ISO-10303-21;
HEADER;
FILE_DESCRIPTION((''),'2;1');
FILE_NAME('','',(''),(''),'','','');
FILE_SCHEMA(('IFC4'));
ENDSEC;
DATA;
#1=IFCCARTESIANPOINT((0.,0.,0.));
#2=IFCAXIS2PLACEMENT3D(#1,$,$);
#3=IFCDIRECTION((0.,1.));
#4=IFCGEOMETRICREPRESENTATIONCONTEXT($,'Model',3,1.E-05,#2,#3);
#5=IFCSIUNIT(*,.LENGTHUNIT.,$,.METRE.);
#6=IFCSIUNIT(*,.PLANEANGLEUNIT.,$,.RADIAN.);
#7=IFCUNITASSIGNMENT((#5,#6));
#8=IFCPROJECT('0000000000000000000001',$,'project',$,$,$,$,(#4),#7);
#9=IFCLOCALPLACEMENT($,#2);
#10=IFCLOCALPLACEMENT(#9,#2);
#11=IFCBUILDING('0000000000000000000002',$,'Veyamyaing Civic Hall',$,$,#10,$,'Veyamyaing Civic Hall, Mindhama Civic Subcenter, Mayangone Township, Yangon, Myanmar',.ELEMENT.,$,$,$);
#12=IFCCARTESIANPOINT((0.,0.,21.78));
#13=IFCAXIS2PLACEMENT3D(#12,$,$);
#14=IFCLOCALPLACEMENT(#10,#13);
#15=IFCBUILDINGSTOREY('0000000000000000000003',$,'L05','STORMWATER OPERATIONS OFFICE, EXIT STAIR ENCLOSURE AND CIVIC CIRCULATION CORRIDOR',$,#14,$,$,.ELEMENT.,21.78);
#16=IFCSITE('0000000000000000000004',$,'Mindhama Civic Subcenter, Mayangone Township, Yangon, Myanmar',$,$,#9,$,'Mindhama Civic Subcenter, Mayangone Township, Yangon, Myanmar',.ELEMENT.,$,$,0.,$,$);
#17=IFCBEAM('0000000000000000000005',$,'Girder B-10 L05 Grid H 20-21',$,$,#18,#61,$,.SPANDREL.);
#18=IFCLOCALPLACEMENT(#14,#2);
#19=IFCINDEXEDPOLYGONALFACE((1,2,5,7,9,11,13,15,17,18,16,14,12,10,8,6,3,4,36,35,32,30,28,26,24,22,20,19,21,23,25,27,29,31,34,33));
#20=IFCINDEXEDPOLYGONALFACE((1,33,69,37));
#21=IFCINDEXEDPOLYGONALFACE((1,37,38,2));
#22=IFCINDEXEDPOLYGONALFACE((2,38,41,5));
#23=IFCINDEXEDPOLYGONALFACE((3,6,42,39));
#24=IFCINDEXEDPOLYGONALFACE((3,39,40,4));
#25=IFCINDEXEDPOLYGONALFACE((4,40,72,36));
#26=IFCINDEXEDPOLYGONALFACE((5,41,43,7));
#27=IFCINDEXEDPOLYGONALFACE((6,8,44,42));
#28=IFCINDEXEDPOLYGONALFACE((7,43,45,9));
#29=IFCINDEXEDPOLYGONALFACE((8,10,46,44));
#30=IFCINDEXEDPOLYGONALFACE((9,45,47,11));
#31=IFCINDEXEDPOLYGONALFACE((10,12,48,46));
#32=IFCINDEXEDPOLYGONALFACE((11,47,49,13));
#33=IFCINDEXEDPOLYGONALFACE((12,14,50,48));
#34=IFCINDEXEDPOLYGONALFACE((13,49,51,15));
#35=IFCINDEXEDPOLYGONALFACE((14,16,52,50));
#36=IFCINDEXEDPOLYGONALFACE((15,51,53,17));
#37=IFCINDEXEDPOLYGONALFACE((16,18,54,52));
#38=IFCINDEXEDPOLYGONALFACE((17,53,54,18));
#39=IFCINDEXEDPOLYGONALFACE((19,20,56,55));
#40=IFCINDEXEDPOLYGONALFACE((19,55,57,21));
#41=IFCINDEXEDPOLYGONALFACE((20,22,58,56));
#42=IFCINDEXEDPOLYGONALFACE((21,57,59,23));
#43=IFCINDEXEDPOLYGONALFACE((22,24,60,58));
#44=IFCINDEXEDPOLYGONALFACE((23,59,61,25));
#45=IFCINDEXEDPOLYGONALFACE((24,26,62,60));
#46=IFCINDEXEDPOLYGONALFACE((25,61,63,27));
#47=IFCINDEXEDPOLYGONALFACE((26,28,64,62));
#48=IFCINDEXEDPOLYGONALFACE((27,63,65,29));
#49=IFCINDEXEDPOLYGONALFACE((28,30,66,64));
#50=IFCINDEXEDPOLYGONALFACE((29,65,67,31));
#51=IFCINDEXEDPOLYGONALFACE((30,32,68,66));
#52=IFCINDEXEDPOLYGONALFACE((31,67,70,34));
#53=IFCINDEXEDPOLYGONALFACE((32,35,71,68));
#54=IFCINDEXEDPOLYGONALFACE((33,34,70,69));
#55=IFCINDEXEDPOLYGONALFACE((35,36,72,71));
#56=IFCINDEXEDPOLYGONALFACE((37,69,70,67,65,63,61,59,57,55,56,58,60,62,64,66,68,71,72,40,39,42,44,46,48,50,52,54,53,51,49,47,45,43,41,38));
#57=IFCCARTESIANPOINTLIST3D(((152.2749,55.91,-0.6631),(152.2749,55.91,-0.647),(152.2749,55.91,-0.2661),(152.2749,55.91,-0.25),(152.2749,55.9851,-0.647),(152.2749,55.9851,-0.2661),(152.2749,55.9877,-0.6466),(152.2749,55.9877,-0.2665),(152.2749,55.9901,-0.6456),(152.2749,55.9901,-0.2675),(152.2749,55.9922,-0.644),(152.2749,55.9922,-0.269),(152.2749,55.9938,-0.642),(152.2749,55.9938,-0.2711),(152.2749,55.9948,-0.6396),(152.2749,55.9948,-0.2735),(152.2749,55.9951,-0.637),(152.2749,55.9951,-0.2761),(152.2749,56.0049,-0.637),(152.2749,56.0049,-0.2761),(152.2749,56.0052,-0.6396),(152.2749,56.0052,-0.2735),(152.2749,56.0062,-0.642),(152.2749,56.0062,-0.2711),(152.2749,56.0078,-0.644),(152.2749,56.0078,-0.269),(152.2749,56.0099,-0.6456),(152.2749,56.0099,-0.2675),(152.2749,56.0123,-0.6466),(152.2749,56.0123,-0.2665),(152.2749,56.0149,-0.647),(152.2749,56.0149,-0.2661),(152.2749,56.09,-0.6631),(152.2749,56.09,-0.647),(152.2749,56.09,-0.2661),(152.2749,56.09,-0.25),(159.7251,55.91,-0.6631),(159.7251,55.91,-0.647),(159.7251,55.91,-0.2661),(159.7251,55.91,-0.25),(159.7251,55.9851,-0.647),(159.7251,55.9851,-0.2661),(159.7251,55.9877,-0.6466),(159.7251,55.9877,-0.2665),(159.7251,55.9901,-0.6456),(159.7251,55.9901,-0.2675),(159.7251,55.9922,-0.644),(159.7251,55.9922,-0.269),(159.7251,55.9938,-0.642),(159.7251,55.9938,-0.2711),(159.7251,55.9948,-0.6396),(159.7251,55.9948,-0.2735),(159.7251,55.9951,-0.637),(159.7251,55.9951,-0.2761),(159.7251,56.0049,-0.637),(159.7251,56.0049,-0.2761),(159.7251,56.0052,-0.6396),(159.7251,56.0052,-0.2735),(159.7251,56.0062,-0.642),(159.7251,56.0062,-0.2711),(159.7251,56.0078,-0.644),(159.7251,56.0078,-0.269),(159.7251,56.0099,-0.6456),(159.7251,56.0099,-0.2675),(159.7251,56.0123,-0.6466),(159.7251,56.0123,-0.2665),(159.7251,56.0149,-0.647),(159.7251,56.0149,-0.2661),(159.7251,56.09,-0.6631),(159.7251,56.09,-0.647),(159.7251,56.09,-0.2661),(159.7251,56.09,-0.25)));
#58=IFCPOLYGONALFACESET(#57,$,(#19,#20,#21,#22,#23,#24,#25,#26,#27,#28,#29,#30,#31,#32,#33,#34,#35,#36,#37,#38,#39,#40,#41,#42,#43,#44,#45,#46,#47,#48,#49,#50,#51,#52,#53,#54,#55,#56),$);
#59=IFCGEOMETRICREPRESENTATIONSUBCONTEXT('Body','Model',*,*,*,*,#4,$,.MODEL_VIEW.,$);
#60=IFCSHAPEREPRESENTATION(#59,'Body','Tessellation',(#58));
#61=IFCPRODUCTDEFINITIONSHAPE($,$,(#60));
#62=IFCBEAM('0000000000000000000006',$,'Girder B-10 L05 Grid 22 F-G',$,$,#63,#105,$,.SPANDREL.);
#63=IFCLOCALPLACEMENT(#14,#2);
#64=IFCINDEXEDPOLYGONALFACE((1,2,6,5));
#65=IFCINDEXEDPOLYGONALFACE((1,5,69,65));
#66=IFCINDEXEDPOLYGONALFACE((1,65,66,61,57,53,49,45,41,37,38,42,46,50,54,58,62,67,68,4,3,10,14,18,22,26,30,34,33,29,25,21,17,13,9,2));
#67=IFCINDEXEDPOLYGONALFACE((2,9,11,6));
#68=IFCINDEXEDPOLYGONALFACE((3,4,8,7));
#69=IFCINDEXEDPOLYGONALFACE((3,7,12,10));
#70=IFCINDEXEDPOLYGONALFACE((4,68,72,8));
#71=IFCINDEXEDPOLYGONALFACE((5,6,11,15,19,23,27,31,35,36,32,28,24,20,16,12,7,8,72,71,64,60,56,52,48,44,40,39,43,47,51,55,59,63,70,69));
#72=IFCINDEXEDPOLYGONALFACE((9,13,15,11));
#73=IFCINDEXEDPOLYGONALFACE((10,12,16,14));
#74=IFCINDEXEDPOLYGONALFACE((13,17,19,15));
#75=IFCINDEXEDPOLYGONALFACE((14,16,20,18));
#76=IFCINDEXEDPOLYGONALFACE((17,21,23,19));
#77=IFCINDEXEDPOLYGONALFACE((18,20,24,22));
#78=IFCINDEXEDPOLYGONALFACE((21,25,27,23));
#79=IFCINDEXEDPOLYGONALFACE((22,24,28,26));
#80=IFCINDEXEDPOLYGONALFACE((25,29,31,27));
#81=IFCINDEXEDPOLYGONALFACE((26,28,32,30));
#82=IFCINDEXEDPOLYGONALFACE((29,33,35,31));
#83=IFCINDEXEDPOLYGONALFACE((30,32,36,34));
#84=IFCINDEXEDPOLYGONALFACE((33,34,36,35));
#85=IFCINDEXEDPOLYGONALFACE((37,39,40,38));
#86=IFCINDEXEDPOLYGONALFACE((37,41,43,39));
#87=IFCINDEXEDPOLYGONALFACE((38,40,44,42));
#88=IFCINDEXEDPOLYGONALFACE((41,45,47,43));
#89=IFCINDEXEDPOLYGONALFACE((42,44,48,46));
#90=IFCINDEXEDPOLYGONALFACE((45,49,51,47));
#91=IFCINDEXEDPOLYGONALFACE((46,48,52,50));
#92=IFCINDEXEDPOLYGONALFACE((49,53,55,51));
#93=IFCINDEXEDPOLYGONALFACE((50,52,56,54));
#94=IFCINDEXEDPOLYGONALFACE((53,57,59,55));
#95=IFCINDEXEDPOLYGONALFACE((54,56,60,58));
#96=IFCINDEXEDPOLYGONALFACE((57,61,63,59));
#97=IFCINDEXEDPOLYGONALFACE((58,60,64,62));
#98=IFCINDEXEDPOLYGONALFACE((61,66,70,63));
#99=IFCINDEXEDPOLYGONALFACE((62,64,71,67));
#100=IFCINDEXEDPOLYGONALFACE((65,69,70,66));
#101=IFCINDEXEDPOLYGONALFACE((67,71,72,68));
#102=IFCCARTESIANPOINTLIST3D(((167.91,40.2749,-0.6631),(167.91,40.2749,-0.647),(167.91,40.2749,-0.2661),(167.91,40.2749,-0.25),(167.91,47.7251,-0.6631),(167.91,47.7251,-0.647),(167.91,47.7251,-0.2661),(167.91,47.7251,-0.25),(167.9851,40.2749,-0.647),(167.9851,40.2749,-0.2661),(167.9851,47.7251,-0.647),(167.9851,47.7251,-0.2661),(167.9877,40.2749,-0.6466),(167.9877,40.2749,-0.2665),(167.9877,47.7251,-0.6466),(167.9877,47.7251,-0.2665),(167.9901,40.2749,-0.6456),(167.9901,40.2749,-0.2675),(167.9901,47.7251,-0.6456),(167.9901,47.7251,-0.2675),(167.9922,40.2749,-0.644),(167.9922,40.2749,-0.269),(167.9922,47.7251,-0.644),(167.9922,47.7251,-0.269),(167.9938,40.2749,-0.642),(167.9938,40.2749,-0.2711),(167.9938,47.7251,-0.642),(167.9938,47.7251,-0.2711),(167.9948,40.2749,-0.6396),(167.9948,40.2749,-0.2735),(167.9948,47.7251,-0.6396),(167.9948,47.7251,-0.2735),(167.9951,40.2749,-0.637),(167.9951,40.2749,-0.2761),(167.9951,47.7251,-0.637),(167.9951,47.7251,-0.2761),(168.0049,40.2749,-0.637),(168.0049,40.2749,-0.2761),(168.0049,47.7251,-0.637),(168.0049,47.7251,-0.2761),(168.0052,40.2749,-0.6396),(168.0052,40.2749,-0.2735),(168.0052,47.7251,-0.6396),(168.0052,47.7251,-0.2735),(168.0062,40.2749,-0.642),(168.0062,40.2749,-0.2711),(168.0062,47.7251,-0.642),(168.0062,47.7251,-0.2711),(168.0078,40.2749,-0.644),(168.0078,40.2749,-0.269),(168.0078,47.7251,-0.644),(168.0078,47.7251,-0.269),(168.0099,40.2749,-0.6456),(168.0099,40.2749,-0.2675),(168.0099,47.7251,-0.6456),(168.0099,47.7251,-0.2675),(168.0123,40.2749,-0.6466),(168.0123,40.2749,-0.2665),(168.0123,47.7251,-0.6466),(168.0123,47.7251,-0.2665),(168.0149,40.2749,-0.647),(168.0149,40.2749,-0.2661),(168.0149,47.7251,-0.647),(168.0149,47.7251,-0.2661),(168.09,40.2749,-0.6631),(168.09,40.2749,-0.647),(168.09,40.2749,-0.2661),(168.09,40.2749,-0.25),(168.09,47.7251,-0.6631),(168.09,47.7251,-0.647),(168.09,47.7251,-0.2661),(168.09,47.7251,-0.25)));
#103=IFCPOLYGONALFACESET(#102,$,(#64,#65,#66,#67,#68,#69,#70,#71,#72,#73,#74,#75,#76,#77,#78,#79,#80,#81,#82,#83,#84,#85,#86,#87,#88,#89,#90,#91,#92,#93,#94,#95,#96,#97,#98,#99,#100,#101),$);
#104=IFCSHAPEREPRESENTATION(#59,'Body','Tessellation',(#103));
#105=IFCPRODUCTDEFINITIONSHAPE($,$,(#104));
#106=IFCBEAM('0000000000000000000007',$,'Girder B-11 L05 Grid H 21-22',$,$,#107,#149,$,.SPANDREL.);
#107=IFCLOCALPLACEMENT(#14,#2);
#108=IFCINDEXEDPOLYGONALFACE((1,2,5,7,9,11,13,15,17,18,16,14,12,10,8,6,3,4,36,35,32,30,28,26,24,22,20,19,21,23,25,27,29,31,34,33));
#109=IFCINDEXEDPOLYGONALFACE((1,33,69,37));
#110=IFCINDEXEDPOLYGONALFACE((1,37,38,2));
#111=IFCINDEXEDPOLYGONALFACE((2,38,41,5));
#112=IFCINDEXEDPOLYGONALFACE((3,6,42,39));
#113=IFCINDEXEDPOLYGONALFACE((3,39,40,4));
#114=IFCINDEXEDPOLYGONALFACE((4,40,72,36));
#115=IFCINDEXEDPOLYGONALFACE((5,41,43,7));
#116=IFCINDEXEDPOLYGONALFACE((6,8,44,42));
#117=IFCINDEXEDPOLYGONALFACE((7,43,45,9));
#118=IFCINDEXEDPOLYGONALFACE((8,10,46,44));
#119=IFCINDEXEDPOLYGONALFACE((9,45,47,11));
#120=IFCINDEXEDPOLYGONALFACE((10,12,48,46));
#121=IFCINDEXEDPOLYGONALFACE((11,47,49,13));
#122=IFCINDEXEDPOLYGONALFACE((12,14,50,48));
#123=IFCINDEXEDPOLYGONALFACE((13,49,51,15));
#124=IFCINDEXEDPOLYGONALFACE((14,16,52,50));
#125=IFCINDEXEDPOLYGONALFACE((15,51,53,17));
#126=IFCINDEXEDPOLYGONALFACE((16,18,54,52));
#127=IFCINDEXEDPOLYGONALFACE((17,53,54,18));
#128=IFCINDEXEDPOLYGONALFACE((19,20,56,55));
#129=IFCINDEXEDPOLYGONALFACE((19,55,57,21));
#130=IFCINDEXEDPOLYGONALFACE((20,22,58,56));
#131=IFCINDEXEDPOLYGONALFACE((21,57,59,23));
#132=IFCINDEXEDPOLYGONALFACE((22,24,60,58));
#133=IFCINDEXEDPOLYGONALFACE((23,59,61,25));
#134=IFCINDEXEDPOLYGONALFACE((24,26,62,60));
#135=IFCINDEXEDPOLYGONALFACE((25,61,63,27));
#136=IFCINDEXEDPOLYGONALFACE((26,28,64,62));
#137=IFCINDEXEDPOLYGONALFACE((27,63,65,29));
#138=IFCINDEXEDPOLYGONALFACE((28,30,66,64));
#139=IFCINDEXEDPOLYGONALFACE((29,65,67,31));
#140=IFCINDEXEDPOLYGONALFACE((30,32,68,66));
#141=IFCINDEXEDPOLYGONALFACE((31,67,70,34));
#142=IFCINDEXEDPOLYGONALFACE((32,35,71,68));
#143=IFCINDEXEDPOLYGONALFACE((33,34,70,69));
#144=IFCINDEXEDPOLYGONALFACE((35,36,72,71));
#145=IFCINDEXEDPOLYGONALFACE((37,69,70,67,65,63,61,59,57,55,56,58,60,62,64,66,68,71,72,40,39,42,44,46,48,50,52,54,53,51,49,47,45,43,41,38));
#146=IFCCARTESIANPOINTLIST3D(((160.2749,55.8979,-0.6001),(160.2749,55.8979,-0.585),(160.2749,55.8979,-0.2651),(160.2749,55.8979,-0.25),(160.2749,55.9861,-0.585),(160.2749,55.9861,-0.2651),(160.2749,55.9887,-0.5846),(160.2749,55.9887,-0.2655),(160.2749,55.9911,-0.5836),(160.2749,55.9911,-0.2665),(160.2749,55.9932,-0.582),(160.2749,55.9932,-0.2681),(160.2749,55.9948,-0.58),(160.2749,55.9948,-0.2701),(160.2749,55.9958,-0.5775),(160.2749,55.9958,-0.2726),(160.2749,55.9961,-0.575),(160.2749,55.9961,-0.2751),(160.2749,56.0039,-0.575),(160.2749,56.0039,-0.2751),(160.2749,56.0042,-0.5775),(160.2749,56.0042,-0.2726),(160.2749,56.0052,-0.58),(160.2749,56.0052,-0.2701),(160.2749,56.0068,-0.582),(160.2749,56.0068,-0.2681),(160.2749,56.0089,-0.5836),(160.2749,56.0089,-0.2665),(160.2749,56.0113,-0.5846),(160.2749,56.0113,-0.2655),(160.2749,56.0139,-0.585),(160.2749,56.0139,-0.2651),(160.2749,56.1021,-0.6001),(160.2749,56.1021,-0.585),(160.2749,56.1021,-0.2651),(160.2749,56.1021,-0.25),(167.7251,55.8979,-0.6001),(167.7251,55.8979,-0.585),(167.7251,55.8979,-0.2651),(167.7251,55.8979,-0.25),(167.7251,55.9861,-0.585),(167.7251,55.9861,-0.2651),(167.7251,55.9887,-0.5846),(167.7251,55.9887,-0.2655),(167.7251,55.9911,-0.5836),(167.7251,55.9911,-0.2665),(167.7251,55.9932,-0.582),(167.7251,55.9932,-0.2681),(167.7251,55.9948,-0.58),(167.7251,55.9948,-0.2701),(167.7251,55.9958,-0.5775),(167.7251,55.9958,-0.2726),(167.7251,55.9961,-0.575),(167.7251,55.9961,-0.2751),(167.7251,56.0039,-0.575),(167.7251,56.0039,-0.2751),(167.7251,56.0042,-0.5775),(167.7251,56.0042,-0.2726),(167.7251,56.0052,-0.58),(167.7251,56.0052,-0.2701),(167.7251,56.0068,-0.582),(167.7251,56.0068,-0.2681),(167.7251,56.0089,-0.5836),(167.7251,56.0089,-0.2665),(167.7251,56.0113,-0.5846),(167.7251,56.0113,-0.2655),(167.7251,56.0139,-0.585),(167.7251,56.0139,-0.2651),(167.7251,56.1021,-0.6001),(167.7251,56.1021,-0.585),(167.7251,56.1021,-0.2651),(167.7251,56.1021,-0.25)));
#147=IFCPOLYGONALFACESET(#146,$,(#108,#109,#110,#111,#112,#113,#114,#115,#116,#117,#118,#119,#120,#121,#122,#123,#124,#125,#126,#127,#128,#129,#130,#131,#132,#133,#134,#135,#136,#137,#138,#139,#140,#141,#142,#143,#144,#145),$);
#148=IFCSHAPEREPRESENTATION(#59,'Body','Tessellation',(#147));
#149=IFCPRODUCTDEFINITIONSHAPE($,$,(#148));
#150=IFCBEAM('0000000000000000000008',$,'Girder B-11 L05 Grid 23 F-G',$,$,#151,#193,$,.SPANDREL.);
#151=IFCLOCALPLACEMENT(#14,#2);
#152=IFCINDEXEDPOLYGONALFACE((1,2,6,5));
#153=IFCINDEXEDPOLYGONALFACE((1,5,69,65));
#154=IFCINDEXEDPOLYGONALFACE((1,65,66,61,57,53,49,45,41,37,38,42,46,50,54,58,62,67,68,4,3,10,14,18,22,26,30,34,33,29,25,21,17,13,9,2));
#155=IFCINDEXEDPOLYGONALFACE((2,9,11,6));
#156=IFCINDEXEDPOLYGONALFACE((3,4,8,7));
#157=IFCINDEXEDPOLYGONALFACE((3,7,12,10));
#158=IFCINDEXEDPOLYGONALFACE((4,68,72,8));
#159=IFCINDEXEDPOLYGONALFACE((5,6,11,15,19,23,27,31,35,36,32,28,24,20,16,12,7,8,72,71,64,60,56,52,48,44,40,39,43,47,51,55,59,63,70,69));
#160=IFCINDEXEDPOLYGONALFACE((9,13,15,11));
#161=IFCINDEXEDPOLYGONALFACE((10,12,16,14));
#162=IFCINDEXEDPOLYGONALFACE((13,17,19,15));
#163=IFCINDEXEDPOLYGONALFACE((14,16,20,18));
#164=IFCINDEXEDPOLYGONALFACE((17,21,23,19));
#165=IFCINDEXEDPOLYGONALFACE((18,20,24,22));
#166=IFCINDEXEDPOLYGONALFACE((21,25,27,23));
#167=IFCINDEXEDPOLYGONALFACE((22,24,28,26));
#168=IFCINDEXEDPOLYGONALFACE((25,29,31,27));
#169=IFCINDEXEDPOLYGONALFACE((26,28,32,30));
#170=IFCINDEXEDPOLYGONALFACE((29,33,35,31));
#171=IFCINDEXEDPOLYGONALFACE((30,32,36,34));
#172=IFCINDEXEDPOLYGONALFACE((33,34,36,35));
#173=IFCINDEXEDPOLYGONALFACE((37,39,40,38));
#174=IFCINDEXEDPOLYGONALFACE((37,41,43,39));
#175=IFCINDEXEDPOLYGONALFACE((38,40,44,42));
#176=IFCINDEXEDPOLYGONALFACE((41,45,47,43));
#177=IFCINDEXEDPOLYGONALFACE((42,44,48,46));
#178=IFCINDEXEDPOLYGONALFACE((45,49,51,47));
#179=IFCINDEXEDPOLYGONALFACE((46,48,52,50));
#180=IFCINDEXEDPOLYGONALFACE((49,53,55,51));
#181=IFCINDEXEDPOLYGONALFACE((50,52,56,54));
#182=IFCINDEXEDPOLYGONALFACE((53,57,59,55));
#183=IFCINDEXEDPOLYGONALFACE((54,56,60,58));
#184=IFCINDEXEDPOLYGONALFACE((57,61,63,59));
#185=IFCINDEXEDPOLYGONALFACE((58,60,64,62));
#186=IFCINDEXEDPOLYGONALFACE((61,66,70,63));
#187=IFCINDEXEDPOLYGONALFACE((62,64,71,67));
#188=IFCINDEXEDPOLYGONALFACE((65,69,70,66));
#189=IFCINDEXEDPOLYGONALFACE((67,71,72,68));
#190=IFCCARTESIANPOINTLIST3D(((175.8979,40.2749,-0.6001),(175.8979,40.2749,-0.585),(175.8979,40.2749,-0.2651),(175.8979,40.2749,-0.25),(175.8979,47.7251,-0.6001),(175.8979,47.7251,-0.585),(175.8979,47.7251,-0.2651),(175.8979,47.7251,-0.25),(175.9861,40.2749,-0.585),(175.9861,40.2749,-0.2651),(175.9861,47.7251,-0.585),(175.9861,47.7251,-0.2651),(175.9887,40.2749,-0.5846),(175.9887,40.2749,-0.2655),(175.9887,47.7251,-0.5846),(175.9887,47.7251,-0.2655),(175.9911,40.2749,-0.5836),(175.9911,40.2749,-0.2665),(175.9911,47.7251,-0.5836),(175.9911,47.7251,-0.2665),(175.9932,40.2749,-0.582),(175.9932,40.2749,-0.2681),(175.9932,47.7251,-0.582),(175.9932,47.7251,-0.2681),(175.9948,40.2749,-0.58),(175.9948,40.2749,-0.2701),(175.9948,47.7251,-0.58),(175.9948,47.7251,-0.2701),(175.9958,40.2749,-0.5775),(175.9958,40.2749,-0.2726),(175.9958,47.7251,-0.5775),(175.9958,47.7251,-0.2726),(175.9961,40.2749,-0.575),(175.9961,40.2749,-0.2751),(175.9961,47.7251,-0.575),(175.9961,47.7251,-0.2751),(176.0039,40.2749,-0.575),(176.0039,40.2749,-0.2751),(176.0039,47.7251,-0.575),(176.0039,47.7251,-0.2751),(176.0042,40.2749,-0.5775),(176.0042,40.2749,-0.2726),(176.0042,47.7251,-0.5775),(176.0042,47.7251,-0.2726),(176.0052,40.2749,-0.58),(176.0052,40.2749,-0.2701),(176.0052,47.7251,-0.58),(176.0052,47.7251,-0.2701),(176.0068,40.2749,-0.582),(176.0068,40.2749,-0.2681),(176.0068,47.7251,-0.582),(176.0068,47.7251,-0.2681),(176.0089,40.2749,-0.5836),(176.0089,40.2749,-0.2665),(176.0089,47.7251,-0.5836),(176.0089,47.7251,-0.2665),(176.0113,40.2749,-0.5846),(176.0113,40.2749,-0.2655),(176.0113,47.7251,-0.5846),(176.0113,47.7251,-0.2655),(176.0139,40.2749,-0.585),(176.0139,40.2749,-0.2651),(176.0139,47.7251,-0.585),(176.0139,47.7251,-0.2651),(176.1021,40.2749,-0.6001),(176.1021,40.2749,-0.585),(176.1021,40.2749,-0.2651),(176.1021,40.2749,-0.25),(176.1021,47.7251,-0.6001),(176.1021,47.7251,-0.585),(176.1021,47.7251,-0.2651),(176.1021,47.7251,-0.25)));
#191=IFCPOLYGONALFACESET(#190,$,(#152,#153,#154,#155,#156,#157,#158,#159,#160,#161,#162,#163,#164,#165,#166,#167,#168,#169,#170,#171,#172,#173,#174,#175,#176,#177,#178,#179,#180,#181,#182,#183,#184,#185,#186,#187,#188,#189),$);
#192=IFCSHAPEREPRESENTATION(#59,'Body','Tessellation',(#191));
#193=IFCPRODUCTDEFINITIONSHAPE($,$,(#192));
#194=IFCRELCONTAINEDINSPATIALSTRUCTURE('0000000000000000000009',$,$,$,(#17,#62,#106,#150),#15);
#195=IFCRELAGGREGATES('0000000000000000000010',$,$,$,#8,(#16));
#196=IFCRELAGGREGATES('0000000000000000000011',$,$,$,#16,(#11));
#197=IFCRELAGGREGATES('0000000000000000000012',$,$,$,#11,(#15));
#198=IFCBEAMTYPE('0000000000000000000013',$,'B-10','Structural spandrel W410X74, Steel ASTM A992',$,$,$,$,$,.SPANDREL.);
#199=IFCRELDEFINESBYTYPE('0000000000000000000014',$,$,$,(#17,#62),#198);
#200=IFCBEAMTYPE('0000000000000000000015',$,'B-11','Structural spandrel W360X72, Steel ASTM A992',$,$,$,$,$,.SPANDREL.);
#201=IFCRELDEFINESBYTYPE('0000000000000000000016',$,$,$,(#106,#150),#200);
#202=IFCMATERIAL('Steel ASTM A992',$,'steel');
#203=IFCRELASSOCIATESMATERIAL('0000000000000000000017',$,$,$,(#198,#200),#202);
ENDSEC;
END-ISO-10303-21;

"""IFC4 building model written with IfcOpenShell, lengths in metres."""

from ifc_helpers import new_model, si_unit, direction, frame, origin, origin_2d, place, context, subcontext, project, spatial, i_section, extrude, material, material_profile, profile_set, type_object, element, save


model = new_model("IFC4")

# Units and contexts
model_context = context("Model", 3, precision=1e-05, world=origin(), true_north=direction((0.0, 1.0)))
body_context = subcontext(model_context, "Body", "Model", "MODEL_VIEW")
ifc_project = project(units=[si_unit("LENGTHUNIT", "METRE"), si_unit("PLANEANGLEUNIT", "RADIAN")], contexts=[model_context])

# Site, building, storey
site_placement = place(None, origin())
site = spatial("IfcSite", under=ifc_project, at=site_placement, Name="Mindhama Civic Subcenter, Mayangone Township, Yangon, Myanmar", LongName="Mindhama Civic Subcenter, Mayangone Township, Yangon, Myanmar", CompositionType="ELEMENT", RefElevation=0.0)
building_placement = place(site_placement, origin())
building = spatial("IfcBuilding", under=site, at=building_placement, Name="Veyamyaing Civic Hall", LongName="Veyamyaing Civic Hall, Mindhama Civic Subcenter, Mayangone Township, Yangon, Myanmar", CompositionType="ELEMENT")
storey_placement = place(building_placement, frame((0.0, 0.0, 21.78)))
storey = spatial("IfcBuildingStorey", under=building, at=storey_placement, Name="L05", Description="STORMWATER OPERATIONS OFFICE, EXIT STAIR ENCLOSURE AND CIVIC CIRCULATION CORRIDOR", CompositionType="ELEMENT", Elevation=21.78)

# Beams
ifc_material = material(Name="Steel ASTM A992", Category="steel")
ifc_material_profile_1 = material_profile(ifc_material, i_section(OverallWidth=0.1799, OverallDepth=0.4131, WebThickness=0.0098, FlangeThickness=0.0161, FilletRadius=0.01, at=origin_2d()), Name="W410X74")
ifc_profile_set_1 = profile_set([ifc_material_profile_1], Name="Steel ASTM A992")
beam_type_1 = type_object("IfcBeamType", Name="B-10", Description="Structural spandrel W410X74, Steel ASTM A992", PredefinedType="SPANDREL", material=ifc_profile_set_1)
for number, where, z_axis, x_axis, name in (
    (1, (152.2749, 56.0, -0.4565), (1.0, 0.0, 0.0), (0.0, 1.0, 0.0), "Girder B-10 L05 Grid H 20-21"),
    (2, (168.0, 40.2749, -0.4565), (0.0, 1.0, 0.0), (-1.0, 0.0, 0.0), "Girder B-10 L05 Grid 22 F-G"),
):
    element("IfcBeam", number, at=place(storey_placement, frame(where, z_axis=z_axis, x_axis=x_axis)), inside=storey, type_object=beam_type_1, Name=name, PredefinedType="SPANDREL", context=body_context, shape_type="SweptSolid", body=[
        extrude(i_section(OverallWidth=0.1799, OverallDepth=0.4131, WebThickness=0.0098, FlangeThickness=0.0161, FilletRadius=0.01, at=origin_2d()), origin(), (0.0, 0.0, 1.0), 7.4502),
    ])
ifc_material_profile_2 = material_profile(ifc_material, i_section(OverallWidth=0.2041, OverallDepth=0.3501, WebThickness=0.0078, FlangeThickness=0.0151, FilletRadius=0.01, at=origin_2d()), Name="W360X72")
ifc_profile_set_2 = profile_set([ifc_material_profile_2], Name="Steel ASTM A992")
beam_type_2 = type_object("IfcBeamType", Name="B-11", Description="Structural spandrel W360X72, Steel ASTM A992", PredefinedType="SPANDREL", material=ifc_profile_set_2)
for number, where, z_axis, x_axis, name in (
    (3, (160.2749, 56.0, -0.425), (1.0, 0.0, 0.0), (0.0, 1.0, 0.0), "Girder B-11 L05 Grid H 21-22"),
    (4, (176.0, 40.2749, -0.425), (0.0, 1.0, 0.0), (-1.0, 0.0, 0.0), "Girder B-11 L05 Grid 23 F-G"),
):
    element("IfcBeam", number, at=place(storey_placement, frame(where, z_axis=z_axis, x_axis=x_axis)), inside=storey, type_object=beam_type_2, Name=name, PredefinedType="SPANDREL", context=body_context, shape_type="SweptSolid", body=[
        extrude(i_section(OverallWidth=0.2041, OverallDepth=0.3501, WebThickness=0.0078, FlangeThickness=0.0151, FilletRadius=0.01, at=origin_2d()), origin(), (0.0, 0.0, 1.0), 7.4502),
    ])

save(model, "model.ifc")
